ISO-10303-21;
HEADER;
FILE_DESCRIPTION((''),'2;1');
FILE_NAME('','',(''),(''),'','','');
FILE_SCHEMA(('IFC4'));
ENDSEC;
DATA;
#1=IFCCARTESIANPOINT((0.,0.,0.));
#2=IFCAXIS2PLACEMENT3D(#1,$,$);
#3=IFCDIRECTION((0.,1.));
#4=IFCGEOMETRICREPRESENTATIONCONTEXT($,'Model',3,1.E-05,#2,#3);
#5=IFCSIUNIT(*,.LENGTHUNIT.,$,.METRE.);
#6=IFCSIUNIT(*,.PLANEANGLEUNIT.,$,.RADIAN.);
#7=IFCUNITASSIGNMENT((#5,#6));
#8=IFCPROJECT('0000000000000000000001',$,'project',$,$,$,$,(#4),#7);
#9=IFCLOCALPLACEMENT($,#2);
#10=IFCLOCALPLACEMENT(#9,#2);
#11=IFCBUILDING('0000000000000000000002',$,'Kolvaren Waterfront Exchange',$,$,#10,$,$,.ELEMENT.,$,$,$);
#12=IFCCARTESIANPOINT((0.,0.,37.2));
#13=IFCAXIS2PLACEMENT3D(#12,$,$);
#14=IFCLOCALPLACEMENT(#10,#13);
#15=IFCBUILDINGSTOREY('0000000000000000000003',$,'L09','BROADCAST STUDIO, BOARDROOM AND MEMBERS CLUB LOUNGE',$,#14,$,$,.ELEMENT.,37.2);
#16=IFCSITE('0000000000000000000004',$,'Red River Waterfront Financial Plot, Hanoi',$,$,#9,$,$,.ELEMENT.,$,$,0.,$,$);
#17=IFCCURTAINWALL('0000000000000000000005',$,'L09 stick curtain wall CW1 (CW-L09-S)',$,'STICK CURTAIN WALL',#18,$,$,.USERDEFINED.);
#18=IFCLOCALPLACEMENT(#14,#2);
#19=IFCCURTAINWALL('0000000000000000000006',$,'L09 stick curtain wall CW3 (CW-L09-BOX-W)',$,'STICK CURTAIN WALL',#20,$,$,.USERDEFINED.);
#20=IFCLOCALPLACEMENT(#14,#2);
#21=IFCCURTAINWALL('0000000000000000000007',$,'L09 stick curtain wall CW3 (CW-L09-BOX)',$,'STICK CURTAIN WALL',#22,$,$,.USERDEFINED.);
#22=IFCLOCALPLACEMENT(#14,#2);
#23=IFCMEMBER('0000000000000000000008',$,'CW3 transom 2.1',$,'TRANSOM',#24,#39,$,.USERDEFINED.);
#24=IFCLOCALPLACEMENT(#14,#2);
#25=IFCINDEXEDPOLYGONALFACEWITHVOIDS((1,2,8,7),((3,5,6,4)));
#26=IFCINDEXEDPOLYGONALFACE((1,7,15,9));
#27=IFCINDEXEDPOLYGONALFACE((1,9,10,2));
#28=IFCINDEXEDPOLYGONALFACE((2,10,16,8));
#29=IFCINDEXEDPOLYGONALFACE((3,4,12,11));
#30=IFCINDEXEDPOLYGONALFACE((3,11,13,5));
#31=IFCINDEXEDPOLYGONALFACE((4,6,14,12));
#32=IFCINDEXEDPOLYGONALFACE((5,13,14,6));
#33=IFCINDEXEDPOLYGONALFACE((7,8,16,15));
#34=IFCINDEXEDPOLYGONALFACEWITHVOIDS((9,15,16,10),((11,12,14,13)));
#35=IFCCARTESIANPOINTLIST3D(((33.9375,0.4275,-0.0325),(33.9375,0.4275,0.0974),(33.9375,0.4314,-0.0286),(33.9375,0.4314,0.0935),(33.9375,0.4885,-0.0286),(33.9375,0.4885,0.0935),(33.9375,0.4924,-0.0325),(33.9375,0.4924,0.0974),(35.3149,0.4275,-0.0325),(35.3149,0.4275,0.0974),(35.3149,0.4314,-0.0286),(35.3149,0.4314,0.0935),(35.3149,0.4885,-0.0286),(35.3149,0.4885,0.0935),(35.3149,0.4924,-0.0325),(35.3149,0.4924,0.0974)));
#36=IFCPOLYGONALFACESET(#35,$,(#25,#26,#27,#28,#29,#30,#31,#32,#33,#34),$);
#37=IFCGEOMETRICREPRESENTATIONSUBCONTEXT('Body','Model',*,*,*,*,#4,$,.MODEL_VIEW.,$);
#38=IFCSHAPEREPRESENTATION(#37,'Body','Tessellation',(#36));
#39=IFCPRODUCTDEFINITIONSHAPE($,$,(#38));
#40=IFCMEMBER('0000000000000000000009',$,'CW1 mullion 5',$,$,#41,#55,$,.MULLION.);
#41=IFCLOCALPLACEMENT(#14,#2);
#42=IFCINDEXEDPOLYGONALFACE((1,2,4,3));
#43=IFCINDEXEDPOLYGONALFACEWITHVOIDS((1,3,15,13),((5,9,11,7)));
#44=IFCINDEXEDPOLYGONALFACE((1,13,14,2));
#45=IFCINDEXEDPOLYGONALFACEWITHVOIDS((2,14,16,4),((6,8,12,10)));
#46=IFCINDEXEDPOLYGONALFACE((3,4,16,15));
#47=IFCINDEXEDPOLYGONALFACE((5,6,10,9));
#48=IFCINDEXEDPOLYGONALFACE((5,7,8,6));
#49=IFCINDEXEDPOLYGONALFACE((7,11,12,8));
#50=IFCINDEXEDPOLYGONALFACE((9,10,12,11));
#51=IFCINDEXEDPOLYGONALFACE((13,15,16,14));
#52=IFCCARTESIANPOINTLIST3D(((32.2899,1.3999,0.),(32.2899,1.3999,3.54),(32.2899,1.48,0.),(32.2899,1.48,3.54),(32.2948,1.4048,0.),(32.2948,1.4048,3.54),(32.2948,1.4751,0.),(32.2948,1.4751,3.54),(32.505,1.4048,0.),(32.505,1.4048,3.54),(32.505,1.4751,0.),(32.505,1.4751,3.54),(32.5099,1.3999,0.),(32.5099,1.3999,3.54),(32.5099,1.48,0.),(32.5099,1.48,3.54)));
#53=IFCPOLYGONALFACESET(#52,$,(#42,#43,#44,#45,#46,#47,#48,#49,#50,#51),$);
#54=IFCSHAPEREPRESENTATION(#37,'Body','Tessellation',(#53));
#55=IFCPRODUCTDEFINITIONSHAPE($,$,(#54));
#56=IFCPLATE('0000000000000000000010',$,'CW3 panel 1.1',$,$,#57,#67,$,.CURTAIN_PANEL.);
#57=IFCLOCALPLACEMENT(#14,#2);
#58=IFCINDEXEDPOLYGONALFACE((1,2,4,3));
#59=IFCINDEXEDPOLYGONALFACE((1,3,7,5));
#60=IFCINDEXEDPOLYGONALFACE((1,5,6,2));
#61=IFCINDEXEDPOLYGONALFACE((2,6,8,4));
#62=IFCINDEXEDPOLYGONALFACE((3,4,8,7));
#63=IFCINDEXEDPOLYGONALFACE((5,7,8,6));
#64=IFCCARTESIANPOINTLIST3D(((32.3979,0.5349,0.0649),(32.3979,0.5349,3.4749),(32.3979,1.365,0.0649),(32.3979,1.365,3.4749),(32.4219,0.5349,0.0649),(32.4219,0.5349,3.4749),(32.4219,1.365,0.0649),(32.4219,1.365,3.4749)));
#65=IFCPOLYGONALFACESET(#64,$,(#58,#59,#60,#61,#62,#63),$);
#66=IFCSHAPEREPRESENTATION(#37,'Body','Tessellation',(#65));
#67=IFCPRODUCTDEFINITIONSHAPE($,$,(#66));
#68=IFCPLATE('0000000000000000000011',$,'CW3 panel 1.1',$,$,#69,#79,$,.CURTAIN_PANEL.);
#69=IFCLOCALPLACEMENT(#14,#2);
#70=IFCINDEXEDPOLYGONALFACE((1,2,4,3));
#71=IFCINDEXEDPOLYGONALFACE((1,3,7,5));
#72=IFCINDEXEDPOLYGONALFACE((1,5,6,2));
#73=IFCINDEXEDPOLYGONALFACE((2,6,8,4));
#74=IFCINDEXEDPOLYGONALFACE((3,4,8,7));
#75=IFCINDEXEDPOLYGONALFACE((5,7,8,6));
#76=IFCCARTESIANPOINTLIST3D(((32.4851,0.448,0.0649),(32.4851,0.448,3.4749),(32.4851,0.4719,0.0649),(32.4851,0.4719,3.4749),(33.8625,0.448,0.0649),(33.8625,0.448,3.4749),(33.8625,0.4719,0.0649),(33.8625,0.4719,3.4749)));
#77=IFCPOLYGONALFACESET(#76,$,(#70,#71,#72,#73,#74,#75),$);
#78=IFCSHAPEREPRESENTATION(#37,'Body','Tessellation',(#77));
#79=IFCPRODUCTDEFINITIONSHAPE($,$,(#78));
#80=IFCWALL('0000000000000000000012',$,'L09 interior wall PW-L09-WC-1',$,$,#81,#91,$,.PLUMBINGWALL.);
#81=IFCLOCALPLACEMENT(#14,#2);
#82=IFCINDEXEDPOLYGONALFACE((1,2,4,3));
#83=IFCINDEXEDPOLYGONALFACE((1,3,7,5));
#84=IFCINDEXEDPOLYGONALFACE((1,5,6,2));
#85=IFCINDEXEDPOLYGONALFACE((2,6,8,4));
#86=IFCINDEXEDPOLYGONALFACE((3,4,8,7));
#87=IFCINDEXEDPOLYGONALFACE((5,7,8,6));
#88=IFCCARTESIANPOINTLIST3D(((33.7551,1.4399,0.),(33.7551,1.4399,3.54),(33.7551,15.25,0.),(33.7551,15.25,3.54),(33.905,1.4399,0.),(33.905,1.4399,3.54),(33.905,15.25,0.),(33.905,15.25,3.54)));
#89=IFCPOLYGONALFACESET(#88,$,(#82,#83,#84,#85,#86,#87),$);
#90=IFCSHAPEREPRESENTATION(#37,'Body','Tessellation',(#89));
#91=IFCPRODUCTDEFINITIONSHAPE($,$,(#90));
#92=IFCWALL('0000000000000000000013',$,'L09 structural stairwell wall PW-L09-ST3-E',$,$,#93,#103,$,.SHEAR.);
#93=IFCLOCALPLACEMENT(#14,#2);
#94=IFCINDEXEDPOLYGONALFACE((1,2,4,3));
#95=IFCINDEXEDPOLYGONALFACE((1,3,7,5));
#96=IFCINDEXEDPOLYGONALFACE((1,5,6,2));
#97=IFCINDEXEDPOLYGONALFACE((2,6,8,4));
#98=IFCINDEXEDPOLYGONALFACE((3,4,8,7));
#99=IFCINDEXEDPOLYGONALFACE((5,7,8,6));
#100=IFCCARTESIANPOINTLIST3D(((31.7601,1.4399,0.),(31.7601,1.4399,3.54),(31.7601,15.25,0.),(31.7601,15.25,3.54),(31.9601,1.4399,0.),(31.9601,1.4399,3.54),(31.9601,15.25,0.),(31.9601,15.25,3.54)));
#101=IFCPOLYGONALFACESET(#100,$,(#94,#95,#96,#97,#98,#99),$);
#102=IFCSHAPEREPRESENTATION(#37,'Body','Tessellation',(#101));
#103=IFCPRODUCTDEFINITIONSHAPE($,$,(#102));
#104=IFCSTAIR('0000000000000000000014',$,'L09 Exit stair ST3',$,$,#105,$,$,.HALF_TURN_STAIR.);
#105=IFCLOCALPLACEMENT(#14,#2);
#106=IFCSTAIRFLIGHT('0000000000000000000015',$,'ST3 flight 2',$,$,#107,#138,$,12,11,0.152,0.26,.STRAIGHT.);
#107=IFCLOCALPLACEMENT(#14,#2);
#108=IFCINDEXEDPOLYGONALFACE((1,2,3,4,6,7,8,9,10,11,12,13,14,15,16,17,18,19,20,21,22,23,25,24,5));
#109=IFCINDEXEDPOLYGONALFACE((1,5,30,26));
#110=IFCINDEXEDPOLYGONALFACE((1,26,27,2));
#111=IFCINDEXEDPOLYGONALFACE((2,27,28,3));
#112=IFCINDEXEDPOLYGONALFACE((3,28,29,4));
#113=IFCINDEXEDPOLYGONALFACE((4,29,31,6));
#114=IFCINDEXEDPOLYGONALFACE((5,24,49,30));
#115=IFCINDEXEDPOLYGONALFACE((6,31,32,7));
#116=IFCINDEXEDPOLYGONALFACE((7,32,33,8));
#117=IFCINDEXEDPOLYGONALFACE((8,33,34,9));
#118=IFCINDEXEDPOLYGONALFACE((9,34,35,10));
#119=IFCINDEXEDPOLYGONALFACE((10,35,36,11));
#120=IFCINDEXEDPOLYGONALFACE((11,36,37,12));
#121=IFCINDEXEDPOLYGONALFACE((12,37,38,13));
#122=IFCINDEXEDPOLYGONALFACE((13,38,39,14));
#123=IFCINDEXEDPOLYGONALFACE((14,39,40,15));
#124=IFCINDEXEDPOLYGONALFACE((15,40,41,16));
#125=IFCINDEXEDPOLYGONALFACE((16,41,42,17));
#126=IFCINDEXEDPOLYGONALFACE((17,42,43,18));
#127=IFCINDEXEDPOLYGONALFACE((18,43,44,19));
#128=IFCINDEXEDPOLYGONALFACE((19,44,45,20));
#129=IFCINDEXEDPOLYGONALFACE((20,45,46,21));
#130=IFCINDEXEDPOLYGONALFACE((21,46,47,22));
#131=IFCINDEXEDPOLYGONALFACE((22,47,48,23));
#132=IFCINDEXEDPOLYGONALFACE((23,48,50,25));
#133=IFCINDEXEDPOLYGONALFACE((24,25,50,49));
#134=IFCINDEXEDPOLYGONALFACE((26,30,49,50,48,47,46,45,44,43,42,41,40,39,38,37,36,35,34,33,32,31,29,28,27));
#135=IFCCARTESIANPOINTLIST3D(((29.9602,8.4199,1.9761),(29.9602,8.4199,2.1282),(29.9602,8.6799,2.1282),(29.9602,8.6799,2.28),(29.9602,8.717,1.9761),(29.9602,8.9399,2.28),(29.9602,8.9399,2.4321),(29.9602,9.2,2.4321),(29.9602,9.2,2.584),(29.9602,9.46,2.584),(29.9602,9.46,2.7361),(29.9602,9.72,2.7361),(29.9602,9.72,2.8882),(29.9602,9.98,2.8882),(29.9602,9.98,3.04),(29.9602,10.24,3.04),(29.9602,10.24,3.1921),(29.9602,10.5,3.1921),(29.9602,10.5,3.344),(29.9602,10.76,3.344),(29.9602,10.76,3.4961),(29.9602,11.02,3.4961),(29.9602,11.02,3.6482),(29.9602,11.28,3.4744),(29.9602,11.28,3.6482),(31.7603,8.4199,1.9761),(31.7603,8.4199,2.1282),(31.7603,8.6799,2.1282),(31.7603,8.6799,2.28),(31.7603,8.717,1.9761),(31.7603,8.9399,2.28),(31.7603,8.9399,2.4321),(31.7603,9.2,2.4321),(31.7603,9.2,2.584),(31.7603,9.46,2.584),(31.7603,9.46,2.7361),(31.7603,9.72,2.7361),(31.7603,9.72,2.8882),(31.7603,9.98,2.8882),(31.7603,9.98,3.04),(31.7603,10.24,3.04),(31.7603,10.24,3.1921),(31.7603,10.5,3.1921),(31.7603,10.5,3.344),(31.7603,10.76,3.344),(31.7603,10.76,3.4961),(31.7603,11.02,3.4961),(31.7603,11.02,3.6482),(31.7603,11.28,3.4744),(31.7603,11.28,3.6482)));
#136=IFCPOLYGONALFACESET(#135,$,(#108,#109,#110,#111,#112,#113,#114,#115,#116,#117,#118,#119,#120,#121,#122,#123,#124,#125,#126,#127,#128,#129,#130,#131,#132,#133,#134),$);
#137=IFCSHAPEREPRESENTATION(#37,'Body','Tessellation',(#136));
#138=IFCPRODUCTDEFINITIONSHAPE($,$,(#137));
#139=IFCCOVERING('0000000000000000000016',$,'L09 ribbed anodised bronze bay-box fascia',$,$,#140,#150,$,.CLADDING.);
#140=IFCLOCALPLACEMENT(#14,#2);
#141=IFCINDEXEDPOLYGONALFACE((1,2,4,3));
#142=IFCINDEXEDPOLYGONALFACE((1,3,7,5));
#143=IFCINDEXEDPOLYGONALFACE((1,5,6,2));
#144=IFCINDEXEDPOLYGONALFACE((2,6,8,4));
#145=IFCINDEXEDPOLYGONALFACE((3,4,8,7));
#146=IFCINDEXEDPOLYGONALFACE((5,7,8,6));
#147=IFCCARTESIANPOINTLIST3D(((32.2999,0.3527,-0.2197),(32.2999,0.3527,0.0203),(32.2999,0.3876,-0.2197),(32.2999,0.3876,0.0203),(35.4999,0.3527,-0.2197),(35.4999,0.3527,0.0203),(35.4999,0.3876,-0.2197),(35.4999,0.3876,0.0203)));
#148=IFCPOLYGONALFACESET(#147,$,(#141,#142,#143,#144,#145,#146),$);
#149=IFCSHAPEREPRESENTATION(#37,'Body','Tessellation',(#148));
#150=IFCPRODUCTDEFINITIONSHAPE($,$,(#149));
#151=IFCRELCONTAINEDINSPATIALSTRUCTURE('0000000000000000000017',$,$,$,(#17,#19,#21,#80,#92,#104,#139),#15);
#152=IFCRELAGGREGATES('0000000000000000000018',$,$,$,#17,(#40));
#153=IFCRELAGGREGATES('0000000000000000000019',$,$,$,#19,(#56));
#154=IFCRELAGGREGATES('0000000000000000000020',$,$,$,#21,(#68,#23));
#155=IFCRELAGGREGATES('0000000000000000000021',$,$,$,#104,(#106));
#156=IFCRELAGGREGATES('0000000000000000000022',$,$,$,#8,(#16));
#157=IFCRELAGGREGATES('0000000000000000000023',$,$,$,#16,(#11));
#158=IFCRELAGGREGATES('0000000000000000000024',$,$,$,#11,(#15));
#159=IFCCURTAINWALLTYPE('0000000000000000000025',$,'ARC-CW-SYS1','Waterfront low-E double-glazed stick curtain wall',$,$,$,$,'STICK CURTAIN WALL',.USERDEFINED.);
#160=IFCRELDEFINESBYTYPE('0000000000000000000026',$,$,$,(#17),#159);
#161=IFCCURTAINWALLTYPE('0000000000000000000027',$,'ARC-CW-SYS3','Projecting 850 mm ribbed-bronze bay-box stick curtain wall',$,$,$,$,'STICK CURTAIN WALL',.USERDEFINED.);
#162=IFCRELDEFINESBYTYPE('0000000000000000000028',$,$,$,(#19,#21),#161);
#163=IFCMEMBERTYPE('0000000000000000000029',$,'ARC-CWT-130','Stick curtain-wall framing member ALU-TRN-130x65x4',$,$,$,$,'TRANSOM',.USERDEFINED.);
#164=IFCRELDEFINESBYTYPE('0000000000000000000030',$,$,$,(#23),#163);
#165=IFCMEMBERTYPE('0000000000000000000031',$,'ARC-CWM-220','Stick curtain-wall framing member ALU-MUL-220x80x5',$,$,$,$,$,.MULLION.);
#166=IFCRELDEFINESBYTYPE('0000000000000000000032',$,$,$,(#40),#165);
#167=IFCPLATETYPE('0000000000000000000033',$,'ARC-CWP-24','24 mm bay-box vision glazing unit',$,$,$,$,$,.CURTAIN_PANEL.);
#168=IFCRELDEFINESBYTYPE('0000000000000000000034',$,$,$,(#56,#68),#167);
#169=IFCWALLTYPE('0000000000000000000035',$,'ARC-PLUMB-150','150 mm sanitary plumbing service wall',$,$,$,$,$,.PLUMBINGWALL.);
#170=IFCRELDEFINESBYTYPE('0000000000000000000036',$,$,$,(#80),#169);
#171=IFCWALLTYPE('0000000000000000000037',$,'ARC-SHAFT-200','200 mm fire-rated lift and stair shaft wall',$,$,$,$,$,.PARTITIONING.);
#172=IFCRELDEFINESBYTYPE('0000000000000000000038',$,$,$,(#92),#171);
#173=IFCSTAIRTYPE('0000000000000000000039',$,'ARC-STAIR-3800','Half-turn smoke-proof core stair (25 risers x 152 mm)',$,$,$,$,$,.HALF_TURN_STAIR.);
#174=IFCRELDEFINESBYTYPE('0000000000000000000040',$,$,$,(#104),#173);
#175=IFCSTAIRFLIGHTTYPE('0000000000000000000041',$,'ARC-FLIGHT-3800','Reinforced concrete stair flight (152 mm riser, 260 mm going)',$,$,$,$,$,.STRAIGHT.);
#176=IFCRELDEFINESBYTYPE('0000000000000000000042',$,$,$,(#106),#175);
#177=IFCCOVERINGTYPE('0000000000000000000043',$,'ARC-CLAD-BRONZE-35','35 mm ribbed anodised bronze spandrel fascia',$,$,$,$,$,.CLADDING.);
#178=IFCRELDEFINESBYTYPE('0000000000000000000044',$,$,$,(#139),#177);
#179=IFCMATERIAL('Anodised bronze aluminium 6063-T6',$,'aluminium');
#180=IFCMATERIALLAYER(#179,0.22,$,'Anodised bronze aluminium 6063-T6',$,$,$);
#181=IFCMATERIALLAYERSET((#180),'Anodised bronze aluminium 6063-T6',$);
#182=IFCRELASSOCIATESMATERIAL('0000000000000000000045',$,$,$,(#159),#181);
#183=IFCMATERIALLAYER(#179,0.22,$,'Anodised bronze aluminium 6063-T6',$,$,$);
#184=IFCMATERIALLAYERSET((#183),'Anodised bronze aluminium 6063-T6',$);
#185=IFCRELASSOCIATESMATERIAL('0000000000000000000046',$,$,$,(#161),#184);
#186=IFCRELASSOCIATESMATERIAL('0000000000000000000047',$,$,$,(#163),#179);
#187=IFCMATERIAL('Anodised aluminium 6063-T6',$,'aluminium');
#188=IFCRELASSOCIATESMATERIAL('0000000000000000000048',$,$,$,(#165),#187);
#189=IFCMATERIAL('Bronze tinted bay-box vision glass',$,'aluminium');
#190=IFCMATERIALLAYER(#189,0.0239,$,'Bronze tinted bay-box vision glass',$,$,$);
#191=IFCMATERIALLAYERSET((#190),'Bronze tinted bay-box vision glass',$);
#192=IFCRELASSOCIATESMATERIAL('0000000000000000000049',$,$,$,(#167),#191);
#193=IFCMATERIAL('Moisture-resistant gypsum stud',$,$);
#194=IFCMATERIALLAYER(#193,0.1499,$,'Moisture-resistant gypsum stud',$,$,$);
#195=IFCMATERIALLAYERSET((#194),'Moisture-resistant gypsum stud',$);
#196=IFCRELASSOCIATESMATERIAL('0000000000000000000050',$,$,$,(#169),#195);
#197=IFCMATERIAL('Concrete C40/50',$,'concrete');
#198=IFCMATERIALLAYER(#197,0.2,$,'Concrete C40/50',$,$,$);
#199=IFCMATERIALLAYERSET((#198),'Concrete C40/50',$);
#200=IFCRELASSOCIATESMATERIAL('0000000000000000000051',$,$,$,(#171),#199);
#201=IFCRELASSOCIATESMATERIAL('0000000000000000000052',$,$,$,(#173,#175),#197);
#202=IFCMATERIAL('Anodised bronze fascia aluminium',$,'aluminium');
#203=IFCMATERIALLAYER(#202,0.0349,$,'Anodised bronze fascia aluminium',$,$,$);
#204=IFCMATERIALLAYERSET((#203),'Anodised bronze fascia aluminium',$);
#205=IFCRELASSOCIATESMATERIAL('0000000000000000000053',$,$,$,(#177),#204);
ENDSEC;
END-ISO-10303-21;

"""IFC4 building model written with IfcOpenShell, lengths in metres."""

from ifc_helpers import new_model, si_unit, direction, frame, frame_2d, origin, origin_with_axes, origin_2d, place, context, subcontext, project, spatial, polyline, rectangle, hollow_rectangle, outline, extrude, source, transform, mapped, material, layer, layer_set, material_profile, profile_set, type_object, element, aggregate, save


model = new_model("IFC4")

# Units and contexts
model_context = context("Model", 3, precision=1e-05, world=origin(), true_north=direction((0.0, 1.0)))
body_context = subcontext(model_context, "Body", "Model", "MODEL_VIEW")
ifc_project = project(units=[si_unit("LENGTHUNIT", "METRE"), si_unit("PLANEANGLEUNIT", "RADIAN")], contexts=[model_context])

# Site, building, storey
site_placement = place(None, origin())
site = spatial("IfcSite", under=ifc_project, at=site_placement, Name="Red River Waterfront Financial Plot, Hanoi", CompositionType="ELEMENT", RefElevation=0.0)
building_placement = place(site_placement, origin())
building = spatial("IfcBuilding", under=site, at=building_placement, Name="Kolvaren Waterfront Exchange", CompositionType="ELEMENT")
storey_placement = place(building_placement, frame((0.0, 0.0, 37.2)))
storey = spatial("IfcBuildingStorey", under=building, at=storey_placement, Name="L09", Description="BROADCAST STUDIO, BOARDROOM AND MEMBERS CLUB LOUNGE", CompositionType="ELEMENT", Elevation=37.2)

# Curtain walls
ifc_material_1 = material(Name="Anodised bronze aluminium 6063-T6", Category="aluminium")
ifc_layer_1 = layer(ifc_material_1, 0.22, Name="Anodised bronze aluminium 6063-T6")
ifc_layer_set_1 = layer_set([ifc_layer_1], Name="Anodised bronze aluminium 6063-T6")
curtain_wall_type_1 = type_object("IfcCurtainWallType", Name="ARC-CW-SYS1", Description="Waterfront low-E double-glazed stick curtain wall", ElementType="STICK CURTAIN WALL", PredefinedType="USERDEFINED", material=ifc_layer_set_1)
curtain_wall_1_placement = place(storey_placement, origin())
curtain_wall_1 = element("IfcCurtainWall", 1, at=curtain_wall_1_placement, inside=storey, type_object=curtain_wall_type_1, Name="L09 stick curtain wall CW1 (CW-L09-S)", ObjectType="STICK CURTAIN WALL", PredefinedType="USERDEFINED")
ifc_material_2 = material(Name="Anodised aluminium 6063-T6", Category="aluminium")
ifc_layer_2 = layer(ifc_material_1, 0.22, Name="Anodised bronze aluminium 6063-T6")
ifc_layer_set_2 = layer_set([ifc_layer_2], Name="Anodised bronze aluminium 6063-T6")
curtain_wall_type_2 = type_object("IfcCurtainWallType", Name="ARC-CW-SYS3", Description="Projecting 850 mm ribbed-bronze bay-box stick curtain wall", ElementType="STICK CURTAIN WALL", PredefinedType="USERDEFINED", material=ifc_layer_set_2)
curtain_wall_2_placement = place(storey_placement, origin())
curtain_wall_2 = element("IfcCurtainWall", 2, at=curtain_wall_2_placement, inside=storey, type_object=curtain_wall_type_2, Name="L09 stick curtain wall CW3 (CW-L09-BOX-W)", ObjectType="STICK CURTAIN WALL", PredefinedType="USERDEFINED")
curtain_wall_3_placement = place(storey_placement, origin())
curtain_wall_3 = element("IfcCurtainWall", 3, at=curtain_wall_3_placement, inside=storey, type_object=curtain_wall_type_2, Name="L09 stick curtain wall CW3 (CW-L09-BOX)", ObjectType="STICK CURTAIN WALL", PredefinedType="USERDEFINED")

# Members
ifc_material_profile_1 = material_profile(ifc_material_1, hollow_rectangle(XDim=0.0649, YDim=0.1299, WallThickness=0.0039, at=origin_2d()), Name="ALU-TRN-130x65x4")
ifc_profile_set_1 = profile_set([ifc_material_profile_1], Name="Anodised bronze aluminium 6063-T6")
member_type_1 = type_object("IfcMemberType", Name="ARC-CWT-130", Description="Stick curtain-wall framing member ALU-TRN-130x65x4", ElementType="TRANSOM", PredefinedType="USERDEFINED", material=ifc_profile_set_1)
shared_shape_1 = source(origin_with_axes(), body_context, "Body", "SweptSolid", [
    extrude(hollow_rectangle(XDim=0.0649, YDim=0.1299, WallThickness=0.0039, at=origin_2d()), origin(), (0.0, 0.0, 1.0), 1.3774),
])
member_1_placement = place(storey_placement, frame((33.9375, 0.46, 0.0325), z_axis=(1.0, 0.0, 0.0), x_axis=(0.0, 1.0, 0.0)))
member_1 = element("IfcMember", 4, at=member_1_placement, type_object=member_type_1, Name="CW3 transom 2.1", ObjectType="TRANSOM", PredefinedType="USERDEFINED", context=body_context, shape_type="MappedRepresentation", body=[
    mapped(shared_shape_1, transform((0.0, 0.0, 0.0), x_axis=(1.0, 0.0, 0.0), y_axis=(0.0, 1.0, 0.0), z_axis=(0.0, 0.0, 1.0), scale=1.0)),
])
ifc_material_profile_2 = material_profile(ifc_material_2, hollow_rectangle(XDim=0.0801, YDim=0.22, WallThickness=0.0049, at=origin_2d()), Name="ALU-MUL-220x80x5")
ifc_profile_set_2 = profile_set([ifc_material_profile_2], Name="Anodised aluminium 6063-T6")
member_type_2 = type_object("IfcMemberType", Name="ARC-CWM-220", Description="Stick curtain-wall framing member ALU-MUL-220x80x5", PredefinedType="MULLION", material=ifc_profile_set_2)
shared_shape_2 = source(origin_with_axes(), body_context, "Body", "SweptSolid", [
    extrude(hollow_rectangle(XDim=0.0801, YDim=0.22, WallThickness=0.0049, at=origin_2d()), origin(), (0.0, 0.0, 1.0), 3.54),
])
member_2_placement = place(storey_placement, frame((32.3999, 1.4399, 0.0), z_axis=(0.0, 0.0, 1.0), x_axis=(0.0, 1.0, 0.0)))
member_2 = element("IfcMember", 5, at=member_2_placement, type_object=member_type_2, Name="CW1 mullion 5", PredefinedType="MULLION", context=body_context, shape_type="MappedRepresentation", body=[
    mapped(shared_shape_2, transform((0.0, 0.0, 0.0), x_axis=(1.0, 0.0, 0.0), y_axis=(0.0, 1.0, 0.0), z_axis=(0.0, 0.0, 1.0), scale=1.0)),
])
aggregate(curtain_wall_1, [member_2])

# Plates
ifc_material_3 = material(Name="Bronze tinted bay-box vision glass", Category="aluminium")
ifc_layer_3 = layer(ifc_material_3, 0.0239, Name="Bronze tinted bay-box vision glass")
ifc_layer_set_3 = layer_set([ifc_layer_3], Name="Bronze tinted bay-box vision glass")
plate_type = type_object("IfcPlateType", Name="ARC-CWP-24", Description="24 mm bay-box vision glazing unit", PredefinedType="CURTAIN_PANEL", material=ifc_layer_set_3)
shared_shape_3 = source(origin_with_axes(), body_context, "Body", "SweptSolid", [
    extrude(rectangle(XDim=0.8301, YDim=0.0239, at=origin_2d()), origin(), (0.0, 0.0, 1.0), 3.4099),
])
plate_1_placement = place(storey_placement, frame((32.4099, 0.95, 0.0649), z_axis=(0.0, 0.0, 1.0), x_axis=(0.0, -1.0, 0.0)))
plate_1 = element("IfcPlate", 6, at=plate_1_placement, type_object=plate_type, Name="CW3 panel 1.1", PredefinedType="CURTAIN_PANEL", context=body_context, shape_type="MappedRepresentation", body=[
    mapped(shared_shape_3, transform((0.0, 0.0, 0.0), x_axis=(1.0, 0.0, 0.0), y_axis=(0.0, 1.0, 0.0), z_axis=(0.0, 0.0, 1.0), scale=1.0)),
])
aggregate(curtain_wall_2, [plate_1])
shared_shape_4 = source(origin_with_axes(), body_context, "Body", "SweptSolid", [
    extrude(rectangle(XDim=1.3774, YDim=0.0239, at=origin_2d()), origin(), (0.0, 0.0, 1.0), 3.4099),
])
plate_2_placement = place(storey_placement, frame((33.1738, 0.46, 0.0649), z_axis=(0.0, 0.0, 1.0), x_axis=(1.0, 0.0, 0.0)))
plate_2 = element("IfcPlate", 7, at=plate_2_placement, type_object=plate_type, Name="CW3 panel 1.1", PredefinedType="CURTAIN_PANEL", context=body_context, shape_type="MappedRepresentation", body=[
    mapped(shared_shape_4, transform((0.0, 0.0, 0.0), x_axis=(1.0, 0.0, 0.0), y_axis=(0.0, 1.0, 0.0), z_axis=(0.0, 0.0, 1.0), scale=1.0)),
])
aggregate(curtain_wall_3, [plate_2, member_1])

# Walls
ifc_material_4 = material(Name="Moisture-resistant gypsum stud")
ifc_layer_4 = layer(ifc_material_4, 0.1499, Name="Moisture-resistant gypsum stud")
ifc_layer_set_4 = layer_set([ifc_layer_4], Name="Moisture-resistant gypsum stud")
wall_type_1 = type_object("IfcWallType", Name="ARC-PLUMB-150", Description="150 mm sanitary plumbing service wall", PredefinedType="PLUMBINGWALL", material=ifc_layer_set_4)
wall_1_placement = place(storey_placement, frame((33.8301, 1.4399, 0.0), z_axis=(0.0, 0.0, 1.0), x_axis=(0.0, 1.0, 0.0)))
element("IfcWall", 8, at=wall_1_placement, inside=storey, type_object=wall_type_1, Name="L09 interior wall PW-L09-WC-1", PredefinedType="PLUMBINGWALL", context=body_context, shape_type="SweptSolid", body=[
    extrude(rectangle(XDim=13.8101, YDim=0.1499, at=frame_2d((6.905, 0.0))), origin(), (0.0, 0.0, 1.0), 3.54),
])
ifc_material_5 = material(Name="Concrete C40/50", Category="concrete")
ifc_layer_5 = layer(ifc_material_5, 0.2, Name="Concrete C40/50")
ifc_layer_set_5 = layer_set([ifc_layer_5], Name="Concrete C40/50")
wall_type_2 = type_object("IfcWallType", Name="ARC-SHAFT-200", Description="200 mm fire-rated lift and stair shaft wall", PredefinedType="PARTITIONING", material=ifc_layer_set_5)
wall_2_placement = place(storey_placement, frame((31.8601, 1.4399, 0.0), z_axis=(0.0, 0.0, 1.0), x_axis=(0.0, 1.0, 0.0)))
element("IfcWall", 9, at=wall_2_placement, inside=storey, type_object=wall_type_2, Name="L09 structural stairwell wall PW-L09-ST3-E", PredefinedType="SHEAR", context=body_context, shape_type="SweptSolid", body=[
    extrude(rectangle(XDim=13.8101, YDim=0.2, at=frame_2d((6.905, 0.0))), origin(), (0.0, 0.0, 1.0), 3.54),
])

# Stair, stair flight
stair_type = type_object("IfcStairType", Name="ARC-STAIR-3800", Description="Half-turn smoke-proof core stair (25 risers x 152 mm)", PredefinedType="HALF_TURN_STAIR", material=ifc_material_5)
stair_placement = place(storey_placement, origin())
stair = element("IfcStair", 10, at=stair_placement, inside=storey, type_object=stair_type, Name="L09 Exit stair ST3", PredefinedType="HALF_TURN_STAIR")
stair_flight_type = type_object("IfcStairFlightType", Name="ARC-FLIGHT-3800", Description="Reinforced concrete stair flight (152 mm riser, 260 mm going)", PredefinedType="STRAIGHT", material=ifc_material_5)
stair_flight_placement = place(storey_placement, frame((30.8601, 8.4199, 1.9761), z_axis=(0.0, 0.0, 1.0), x_axis=(0.0, 1.0, 0.0)))
stair_flight = element("IfcStairFlight", 11, at=stair_flight_placement, type_object=stair_flight_type, Name="ST3 flight 2", NumberOfRisers=12, NumberOfTreads=11, PredefinedType="STRAIGHT", RiserHeight=0.152, TreadLength=0.26, context=body_context, shape_type="SweptSolid", body=[
    extrude(outline(polyline([(0.0, 0.0), (0.0, 0.1521), (0.26, 0.1521), (0.26, 0.304), (0.52, 0.304), (0.52, 0.4561), (0.78, 0.4561), (0.78, 0.6079), (1.04, 0.6079), (1.04, 0.76), (1.3, 0.76), (1.3, 0.9121), (1.5601, 0.9121), (1.5601, 1.064), (1.8201, 1.064), (1.8201, 1.2161), (2.0801, 1.2161), (2.0801, 1.3679), (2.3401, 1.3679), (2.3401, 1.52), (2.6001, 1.52), (2.6001, 1.6721), (2.8601, 1.6721), (2.8601, 1.824), (2.8601, 1.4983), (0.2971, 0.0), (0.0, 0.0)])), frame((0.0, 0.8999, 0.0), z_axis=(0.0, -1.0, 0.0), x_axis=(1.0, 0.0, 0.0)), (0.0, 0.0, 1.0), 1.8),
])
aggregate(stair, [stair_flight])

# Covering
ifc_material_6 = material(Name="Anodised bronze fascia aluminium", Category="aluminium")
ifc_layer_6 = layer(ifc_material_6, 0.0349, Name="Anodised bronze fascia aluminium")
ifc_layer_set_6 = layer_set([ifc_layer_6], Name="Anodised bronze fascia aluminium")
covering_type = type_object("IfcCoveringType", Name="ARC-CLAD-BRONZE-35", Description="35 mm ribbed anodised bronze spandrel fascia", PredefinedType="CLADDING", material=ifc_layer_set_6)
covering_placement = place(storey_placement, frame((33.8999, 0.3701, -0.2197), z_axis=(0.0, 0.0, 1.0), x_axis=(1.0, 0.0, 0.0)))
element("IfcCovering", 12, at=covering_placement, inside=storey, type_object=covering_type, Name="L09 ribbed anodised bronze bay-box fascia", PredefinedType="CLADDING", context=body_context, shape_type="SweptSolid", body=[
    extrude(rectangle(XDim=3.2, YDim=0.0349, at=origin_2d()), origin(), (0.0, 0.0, 1.0), 0.24),
])

save(model, "model.ifc")
